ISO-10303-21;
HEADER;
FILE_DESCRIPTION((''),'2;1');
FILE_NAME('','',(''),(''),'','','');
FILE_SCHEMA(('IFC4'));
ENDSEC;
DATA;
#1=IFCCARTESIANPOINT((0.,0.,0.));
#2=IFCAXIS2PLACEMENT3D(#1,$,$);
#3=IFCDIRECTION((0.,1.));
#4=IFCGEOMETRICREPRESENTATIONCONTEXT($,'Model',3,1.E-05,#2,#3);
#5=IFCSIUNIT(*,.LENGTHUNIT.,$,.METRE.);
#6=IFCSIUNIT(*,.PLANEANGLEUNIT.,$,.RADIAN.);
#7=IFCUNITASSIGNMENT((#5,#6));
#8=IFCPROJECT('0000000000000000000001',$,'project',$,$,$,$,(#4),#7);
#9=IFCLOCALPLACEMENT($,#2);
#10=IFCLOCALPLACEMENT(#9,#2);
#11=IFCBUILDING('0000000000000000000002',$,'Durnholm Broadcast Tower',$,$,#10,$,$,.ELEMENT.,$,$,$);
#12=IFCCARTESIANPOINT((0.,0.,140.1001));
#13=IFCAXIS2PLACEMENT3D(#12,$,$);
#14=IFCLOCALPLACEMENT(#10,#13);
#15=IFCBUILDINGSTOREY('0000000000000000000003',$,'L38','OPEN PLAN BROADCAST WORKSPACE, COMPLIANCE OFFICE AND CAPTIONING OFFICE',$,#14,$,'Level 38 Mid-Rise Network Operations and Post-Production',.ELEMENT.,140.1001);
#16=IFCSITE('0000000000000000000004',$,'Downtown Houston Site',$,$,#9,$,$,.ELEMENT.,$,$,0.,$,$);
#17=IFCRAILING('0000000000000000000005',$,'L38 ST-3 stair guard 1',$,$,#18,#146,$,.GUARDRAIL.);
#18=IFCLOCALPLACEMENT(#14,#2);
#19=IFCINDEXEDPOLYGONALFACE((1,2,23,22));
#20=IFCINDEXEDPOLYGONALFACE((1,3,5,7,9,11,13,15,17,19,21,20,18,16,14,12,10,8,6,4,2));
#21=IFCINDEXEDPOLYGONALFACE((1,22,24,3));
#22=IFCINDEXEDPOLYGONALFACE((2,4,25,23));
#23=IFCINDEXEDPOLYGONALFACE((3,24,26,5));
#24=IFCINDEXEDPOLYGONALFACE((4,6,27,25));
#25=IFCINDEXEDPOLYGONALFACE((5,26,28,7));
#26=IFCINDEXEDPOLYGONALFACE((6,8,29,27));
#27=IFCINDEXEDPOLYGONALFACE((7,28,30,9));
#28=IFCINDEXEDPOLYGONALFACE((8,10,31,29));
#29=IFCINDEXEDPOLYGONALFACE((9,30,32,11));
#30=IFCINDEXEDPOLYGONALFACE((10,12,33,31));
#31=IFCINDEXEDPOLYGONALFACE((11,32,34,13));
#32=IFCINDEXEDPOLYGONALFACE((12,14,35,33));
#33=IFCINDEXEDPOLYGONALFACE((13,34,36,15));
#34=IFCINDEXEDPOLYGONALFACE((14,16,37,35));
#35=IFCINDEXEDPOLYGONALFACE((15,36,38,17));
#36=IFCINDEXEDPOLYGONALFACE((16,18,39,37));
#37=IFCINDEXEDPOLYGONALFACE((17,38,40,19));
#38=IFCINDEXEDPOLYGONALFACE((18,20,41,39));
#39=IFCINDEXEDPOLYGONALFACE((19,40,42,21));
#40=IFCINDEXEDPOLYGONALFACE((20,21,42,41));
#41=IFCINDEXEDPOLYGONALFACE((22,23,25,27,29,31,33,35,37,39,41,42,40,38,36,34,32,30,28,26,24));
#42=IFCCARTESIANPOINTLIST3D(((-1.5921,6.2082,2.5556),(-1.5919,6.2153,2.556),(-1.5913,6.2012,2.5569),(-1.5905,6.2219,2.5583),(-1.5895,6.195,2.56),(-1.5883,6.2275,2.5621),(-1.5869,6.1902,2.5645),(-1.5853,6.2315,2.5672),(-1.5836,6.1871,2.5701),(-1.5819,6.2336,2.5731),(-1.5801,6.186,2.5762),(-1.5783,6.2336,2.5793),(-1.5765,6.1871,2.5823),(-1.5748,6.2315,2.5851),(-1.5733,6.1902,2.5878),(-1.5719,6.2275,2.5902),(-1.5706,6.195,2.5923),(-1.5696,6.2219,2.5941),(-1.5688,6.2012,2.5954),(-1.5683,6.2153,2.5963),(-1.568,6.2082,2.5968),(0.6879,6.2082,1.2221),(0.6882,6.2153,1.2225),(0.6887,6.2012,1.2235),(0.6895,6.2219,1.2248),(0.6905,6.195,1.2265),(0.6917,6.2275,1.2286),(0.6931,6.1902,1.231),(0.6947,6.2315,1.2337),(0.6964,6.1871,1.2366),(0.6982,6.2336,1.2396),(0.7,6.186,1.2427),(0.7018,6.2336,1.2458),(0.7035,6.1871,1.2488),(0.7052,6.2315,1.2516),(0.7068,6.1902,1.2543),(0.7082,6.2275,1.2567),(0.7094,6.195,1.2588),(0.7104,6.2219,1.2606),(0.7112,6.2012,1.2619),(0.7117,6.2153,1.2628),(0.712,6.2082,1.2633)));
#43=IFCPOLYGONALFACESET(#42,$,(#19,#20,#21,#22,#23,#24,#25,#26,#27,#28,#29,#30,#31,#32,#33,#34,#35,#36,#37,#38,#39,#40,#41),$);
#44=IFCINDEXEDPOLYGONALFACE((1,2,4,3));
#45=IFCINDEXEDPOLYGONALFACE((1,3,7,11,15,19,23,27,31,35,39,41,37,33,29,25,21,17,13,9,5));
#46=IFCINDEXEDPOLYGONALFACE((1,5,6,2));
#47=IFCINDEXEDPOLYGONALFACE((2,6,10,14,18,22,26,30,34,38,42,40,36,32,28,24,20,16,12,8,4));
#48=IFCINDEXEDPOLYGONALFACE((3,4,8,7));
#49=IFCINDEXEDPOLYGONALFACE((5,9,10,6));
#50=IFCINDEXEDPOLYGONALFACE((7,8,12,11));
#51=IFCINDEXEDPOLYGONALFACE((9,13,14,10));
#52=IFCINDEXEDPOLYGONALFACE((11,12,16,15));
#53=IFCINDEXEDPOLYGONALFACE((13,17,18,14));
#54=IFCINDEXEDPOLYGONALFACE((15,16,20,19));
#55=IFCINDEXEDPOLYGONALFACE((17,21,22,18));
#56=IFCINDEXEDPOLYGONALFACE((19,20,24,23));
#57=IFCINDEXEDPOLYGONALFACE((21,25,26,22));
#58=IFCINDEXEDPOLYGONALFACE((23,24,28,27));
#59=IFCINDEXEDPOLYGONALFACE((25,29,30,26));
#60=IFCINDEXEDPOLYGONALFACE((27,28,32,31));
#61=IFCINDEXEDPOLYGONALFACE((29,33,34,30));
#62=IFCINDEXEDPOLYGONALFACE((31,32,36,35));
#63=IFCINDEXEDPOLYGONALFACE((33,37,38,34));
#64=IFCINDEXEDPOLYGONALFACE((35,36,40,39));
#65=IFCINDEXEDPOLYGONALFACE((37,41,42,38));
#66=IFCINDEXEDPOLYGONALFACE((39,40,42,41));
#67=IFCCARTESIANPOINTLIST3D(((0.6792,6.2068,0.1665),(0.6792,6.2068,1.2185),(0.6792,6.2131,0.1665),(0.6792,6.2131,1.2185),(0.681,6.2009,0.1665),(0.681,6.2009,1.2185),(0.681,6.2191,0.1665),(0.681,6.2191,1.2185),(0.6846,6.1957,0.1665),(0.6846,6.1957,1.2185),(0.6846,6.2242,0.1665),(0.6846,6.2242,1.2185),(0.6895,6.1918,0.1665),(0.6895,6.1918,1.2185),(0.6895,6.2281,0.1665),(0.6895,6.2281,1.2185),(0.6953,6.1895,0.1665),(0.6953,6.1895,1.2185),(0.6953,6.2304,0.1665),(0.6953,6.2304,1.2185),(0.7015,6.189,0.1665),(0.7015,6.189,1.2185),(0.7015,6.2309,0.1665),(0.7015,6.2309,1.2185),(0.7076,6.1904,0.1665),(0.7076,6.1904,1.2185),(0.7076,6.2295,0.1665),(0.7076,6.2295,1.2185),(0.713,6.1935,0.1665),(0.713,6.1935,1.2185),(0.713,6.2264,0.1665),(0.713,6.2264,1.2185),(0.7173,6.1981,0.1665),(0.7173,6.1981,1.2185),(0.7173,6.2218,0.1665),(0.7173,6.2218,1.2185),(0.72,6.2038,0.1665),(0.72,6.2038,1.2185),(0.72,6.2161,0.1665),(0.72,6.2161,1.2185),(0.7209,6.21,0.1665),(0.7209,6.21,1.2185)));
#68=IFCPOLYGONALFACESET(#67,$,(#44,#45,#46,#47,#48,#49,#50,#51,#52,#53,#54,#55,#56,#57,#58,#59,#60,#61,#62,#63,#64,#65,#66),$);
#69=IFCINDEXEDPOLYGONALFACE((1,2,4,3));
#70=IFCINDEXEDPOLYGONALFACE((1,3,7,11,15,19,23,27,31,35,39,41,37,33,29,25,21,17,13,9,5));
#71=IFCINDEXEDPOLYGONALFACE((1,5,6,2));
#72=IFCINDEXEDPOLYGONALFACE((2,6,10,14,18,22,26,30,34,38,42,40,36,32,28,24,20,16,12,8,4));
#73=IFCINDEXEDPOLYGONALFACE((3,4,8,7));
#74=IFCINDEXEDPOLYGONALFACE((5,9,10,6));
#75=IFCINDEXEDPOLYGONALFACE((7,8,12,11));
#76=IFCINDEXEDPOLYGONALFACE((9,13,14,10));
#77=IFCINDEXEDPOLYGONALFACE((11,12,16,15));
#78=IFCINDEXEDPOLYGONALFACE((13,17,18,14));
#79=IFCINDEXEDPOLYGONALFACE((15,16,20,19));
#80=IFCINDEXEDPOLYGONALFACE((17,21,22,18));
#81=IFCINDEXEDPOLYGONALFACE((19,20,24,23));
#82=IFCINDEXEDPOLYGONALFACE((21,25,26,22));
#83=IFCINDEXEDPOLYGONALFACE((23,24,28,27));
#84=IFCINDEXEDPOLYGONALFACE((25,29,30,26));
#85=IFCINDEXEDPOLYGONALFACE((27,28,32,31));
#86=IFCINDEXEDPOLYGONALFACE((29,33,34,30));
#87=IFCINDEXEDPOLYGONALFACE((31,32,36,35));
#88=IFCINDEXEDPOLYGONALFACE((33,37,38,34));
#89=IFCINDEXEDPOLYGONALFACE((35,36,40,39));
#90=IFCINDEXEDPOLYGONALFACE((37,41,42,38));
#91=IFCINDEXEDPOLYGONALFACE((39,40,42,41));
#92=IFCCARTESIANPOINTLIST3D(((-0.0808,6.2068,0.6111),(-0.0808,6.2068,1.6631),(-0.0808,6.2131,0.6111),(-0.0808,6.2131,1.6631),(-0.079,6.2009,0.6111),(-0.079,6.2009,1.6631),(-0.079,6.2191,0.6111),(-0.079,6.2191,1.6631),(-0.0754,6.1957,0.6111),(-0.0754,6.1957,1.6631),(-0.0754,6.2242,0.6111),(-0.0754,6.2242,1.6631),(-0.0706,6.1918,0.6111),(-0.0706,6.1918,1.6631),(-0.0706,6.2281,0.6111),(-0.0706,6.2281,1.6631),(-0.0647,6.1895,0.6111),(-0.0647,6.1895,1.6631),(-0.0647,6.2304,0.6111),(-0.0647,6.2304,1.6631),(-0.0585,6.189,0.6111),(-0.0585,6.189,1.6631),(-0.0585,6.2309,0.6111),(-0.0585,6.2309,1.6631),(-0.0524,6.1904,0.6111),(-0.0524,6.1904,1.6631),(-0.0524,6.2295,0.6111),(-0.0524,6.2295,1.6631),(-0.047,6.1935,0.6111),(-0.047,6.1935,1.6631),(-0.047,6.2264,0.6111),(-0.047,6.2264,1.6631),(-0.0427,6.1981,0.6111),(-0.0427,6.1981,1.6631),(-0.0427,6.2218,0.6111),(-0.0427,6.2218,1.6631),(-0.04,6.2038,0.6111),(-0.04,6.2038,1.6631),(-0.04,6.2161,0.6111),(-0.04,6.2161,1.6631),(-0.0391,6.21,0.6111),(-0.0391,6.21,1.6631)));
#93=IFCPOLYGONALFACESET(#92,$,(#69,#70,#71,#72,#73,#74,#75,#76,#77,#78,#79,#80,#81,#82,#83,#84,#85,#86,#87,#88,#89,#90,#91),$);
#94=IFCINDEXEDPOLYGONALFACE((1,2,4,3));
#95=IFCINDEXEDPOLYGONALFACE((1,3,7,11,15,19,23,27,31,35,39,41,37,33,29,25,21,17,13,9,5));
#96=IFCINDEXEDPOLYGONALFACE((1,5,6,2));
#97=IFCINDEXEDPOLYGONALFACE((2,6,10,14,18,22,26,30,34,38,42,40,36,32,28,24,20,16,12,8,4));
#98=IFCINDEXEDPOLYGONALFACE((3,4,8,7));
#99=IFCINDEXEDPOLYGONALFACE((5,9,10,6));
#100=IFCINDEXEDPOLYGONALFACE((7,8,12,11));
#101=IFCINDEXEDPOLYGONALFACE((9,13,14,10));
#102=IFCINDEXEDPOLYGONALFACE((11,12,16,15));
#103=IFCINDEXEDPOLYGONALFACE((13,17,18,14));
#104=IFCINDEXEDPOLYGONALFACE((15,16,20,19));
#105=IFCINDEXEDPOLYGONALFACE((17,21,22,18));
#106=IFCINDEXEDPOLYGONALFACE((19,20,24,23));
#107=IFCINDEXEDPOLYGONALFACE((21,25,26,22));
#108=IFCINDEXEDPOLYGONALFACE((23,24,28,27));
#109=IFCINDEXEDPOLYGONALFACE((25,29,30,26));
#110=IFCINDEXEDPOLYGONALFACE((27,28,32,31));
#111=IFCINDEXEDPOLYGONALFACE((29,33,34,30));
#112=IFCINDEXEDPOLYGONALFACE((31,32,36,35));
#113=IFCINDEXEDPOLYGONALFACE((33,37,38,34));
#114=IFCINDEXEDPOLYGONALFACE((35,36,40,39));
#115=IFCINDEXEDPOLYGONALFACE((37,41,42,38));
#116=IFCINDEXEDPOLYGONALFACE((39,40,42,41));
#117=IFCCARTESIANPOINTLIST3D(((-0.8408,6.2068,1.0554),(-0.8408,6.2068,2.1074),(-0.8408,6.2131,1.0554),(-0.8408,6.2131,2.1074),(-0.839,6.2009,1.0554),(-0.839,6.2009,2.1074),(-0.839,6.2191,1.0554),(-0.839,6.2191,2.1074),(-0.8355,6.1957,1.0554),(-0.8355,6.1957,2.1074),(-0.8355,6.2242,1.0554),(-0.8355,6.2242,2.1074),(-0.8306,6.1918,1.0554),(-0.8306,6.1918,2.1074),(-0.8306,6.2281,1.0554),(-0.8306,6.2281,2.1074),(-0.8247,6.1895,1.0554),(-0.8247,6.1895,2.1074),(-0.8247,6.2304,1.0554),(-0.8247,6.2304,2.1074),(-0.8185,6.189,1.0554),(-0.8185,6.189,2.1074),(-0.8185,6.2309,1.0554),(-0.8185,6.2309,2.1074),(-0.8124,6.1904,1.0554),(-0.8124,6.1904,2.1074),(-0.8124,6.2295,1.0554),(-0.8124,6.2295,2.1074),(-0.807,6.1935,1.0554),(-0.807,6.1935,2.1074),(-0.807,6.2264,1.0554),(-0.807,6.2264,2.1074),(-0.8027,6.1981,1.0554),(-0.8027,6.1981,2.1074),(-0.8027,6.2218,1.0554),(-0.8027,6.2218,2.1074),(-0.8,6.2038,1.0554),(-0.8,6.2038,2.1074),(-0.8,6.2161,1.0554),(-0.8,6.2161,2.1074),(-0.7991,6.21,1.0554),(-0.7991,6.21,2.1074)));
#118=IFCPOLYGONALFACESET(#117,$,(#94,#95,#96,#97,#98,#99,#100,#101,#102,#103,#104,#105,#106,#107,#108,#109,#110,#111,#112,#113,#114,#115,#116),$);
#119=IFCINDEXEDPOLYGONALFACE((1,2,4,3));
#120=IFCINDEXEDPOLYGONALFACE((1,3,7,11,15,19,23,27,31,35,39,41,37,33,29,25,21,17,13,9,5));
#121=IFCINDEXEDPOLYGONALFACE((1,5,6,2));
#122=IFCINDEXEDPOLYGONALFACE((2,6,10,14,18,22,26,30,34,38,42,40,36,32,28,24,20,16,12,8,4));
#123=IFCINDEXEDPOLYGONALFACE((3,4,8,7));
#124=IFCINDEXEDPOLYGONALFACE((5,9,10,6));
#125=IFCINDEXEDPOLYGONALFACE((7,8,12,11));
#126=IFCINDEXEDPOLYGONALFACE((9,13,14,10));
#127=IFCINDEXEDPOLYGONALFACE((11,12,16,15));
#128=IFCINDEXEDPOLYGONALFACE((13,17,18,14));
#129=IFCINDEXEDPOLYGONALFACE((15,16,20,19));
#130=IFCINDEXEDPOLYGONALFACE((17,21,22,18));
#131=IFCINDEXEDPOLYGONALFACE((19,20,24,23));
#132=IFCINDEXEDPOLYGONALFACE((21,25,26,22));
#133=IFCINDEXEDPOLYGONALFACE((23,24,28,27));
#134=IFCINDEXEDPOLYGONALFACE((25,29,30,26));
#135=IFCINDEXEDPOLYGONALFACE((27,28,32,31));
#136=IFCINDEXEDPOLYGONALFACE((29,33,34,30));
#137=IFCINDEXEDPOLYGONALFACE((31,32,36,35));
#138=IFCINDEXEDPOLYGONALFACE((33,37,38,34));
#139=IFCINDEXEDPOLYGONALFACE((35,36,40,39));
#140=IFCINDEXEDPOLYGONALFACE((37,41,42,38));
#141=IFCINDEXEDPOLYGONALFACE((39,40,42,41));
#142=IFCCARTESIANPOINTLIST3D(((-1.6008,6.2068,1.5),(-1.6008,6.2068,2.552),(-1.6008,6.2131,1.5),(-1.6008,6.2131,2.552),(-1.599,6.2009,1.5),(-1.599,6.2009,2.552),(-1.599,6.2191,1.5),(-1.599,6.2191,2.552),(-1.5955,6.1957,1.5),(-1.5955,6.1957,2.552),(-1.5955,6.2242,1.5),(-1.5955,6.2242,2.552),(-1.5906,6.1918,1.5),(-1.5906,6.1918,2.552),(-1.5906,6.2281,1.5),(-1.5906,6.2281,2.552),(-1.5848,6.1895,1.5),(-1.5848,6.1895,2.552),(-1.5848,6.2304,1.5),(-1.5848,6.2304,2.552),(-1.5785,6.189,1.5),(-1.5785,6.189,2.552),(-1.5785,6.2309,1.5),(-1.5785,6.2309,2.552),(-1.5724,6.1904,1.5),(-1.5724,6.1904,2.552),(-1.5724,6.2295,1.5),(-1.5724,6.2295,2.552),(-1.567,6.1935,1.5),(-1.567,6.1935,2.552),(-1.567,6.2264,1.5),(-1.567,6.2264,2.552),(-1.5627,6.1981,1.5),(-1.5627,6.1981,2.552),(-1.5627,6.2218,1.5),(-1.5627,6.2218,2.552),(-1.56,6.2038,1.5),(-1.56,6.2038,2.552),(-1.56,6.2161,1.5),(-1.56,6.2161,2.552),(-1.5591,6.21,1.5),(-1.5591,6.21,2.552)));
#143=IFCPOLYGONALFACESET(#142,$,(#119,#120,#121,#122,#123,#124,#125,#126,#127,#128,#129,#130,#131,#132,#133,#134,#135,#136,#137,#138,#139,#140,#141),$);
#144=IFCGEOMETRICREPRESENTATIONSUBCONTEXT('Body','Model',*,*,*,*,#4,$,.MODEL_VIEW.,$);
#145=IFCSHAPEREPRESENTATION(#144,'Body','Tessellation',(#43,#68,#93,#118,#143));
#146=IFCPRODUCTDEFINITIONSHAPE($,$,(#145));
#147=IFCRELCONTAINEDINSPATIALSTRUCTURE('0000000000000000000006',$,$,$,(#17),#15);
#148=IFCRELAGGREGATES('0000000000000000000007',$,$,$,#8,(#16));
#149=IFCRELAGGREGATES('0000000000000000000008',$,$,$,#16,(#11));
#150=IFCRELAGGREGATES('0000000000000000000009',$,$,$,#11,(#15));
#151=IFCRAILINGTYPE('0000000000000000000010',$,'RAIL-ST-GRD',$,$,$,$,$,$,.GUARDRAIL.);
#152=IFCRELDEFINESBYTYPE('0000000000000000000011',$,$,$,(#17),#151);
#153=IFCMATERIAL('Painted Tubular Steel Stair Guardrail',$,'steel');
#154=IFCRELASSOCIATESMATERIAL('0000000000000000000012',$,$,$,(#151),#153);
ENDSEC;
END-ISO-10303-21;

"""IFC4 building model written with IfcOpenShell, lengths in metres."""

from ifc_helpers import new_model, si_unit, direction, frame, origin, origin_2d, place, context, subcontext, project, spatial, circle, extrude, material, type_object, element, save


model = new_model("IFC4")

# Units and contexts
model_context = context("Model", 3, precision=1e-05, world=origin(), true_north=direction((0.0, 1.0)))
body_context = subcontext(model_context, "Body", "Model", "MODEL_VIEW")
ifc_project = project(units=[si_unit("LENGTHUNIT", "METRE"), si_unit("PLANEANGLEUNIT", "RADIAN")], contexts=[model_context])

# Site, building, storey
site_placement = place(None, origin())
site = spatial("IfcSite", under=ifc_project, at=site_placement, Name="Downtown Houston Site", CompositionType="ELEMENT", RefElevation=0.0)
building_placement = place(site_placement, origin())
building = spatial("IfcBuilding", under=site, at=building_placement, Name="Durnholm Broadcast Tower", CompositionType="ELEMENT")
storey_placement = place(building_placement, frame((0.0, 0.0, 140.1001)))
storey = spatial("IfcBuildingStorey", under=building, at=storey_placement, Name="L38", Description="OPEN PLAN BROADCAST WORKSPACE, COMPLIANCE OFFICE AND CAPTIONING OFFICE", LongName="Level 38 Mid-Rise Network Operations and Post-Production", CompositionType="ELEMENT", Elevation=140.1001)

# Railing
ifc_material_1 = material(Name="Painted Tubular Steel Stair Guardrail", Category="steel")
railing_type_1 = type_object("IfcRailingType", Name="RAIL-ST-GRD", PredefinedType="GUARDRAIL", material=ifc_material_1)
railing_1_placement = place(storey_placement, frame((0.7, 6.21, 0.1665)))
element("IfcRailing", 1, at=railing_1_placement, inside=storey, type_object=railing_type_1, Name="L38 ST-3 stair guard 1", PredefinedType="GUARDRAIL", context=body_context, shape_type="SweptSolid", body=[
    extrude(circle(Radius=0.0239, at=origin_2d()), frame((0.0, 0.0, 1.0762), z_axis=(-0.863205, 0.0, 0.504853), x_axis=(0.0, -1.0, 0.0)), (0.0, 0.0, 1.0), 2.6414),
    extrude(circle(Radius=0.021, at=origin_2d()), origin(), (0.0, 0.0, 1.0), 1.052),
    extrude(circle(Radius=0.021, at=origin_2d()), frame((-0.76, 0.0, 0.4446)), (0.0, 0.0, 1.0), 1.052),
    extrude(circle(Radius=0.021, at=origin_2d()), frame((-1.52, 0.0, 0.8889)), (0.0, 0.0, 1.0), 1.052),
    extrude(circle(Radius=0.021, at=origin_2d()), frame((-2.28, 0.0, 1.3335)), (0.0, 0.0, 1.0), 1.052),
])

save(model, "model.ifc")
